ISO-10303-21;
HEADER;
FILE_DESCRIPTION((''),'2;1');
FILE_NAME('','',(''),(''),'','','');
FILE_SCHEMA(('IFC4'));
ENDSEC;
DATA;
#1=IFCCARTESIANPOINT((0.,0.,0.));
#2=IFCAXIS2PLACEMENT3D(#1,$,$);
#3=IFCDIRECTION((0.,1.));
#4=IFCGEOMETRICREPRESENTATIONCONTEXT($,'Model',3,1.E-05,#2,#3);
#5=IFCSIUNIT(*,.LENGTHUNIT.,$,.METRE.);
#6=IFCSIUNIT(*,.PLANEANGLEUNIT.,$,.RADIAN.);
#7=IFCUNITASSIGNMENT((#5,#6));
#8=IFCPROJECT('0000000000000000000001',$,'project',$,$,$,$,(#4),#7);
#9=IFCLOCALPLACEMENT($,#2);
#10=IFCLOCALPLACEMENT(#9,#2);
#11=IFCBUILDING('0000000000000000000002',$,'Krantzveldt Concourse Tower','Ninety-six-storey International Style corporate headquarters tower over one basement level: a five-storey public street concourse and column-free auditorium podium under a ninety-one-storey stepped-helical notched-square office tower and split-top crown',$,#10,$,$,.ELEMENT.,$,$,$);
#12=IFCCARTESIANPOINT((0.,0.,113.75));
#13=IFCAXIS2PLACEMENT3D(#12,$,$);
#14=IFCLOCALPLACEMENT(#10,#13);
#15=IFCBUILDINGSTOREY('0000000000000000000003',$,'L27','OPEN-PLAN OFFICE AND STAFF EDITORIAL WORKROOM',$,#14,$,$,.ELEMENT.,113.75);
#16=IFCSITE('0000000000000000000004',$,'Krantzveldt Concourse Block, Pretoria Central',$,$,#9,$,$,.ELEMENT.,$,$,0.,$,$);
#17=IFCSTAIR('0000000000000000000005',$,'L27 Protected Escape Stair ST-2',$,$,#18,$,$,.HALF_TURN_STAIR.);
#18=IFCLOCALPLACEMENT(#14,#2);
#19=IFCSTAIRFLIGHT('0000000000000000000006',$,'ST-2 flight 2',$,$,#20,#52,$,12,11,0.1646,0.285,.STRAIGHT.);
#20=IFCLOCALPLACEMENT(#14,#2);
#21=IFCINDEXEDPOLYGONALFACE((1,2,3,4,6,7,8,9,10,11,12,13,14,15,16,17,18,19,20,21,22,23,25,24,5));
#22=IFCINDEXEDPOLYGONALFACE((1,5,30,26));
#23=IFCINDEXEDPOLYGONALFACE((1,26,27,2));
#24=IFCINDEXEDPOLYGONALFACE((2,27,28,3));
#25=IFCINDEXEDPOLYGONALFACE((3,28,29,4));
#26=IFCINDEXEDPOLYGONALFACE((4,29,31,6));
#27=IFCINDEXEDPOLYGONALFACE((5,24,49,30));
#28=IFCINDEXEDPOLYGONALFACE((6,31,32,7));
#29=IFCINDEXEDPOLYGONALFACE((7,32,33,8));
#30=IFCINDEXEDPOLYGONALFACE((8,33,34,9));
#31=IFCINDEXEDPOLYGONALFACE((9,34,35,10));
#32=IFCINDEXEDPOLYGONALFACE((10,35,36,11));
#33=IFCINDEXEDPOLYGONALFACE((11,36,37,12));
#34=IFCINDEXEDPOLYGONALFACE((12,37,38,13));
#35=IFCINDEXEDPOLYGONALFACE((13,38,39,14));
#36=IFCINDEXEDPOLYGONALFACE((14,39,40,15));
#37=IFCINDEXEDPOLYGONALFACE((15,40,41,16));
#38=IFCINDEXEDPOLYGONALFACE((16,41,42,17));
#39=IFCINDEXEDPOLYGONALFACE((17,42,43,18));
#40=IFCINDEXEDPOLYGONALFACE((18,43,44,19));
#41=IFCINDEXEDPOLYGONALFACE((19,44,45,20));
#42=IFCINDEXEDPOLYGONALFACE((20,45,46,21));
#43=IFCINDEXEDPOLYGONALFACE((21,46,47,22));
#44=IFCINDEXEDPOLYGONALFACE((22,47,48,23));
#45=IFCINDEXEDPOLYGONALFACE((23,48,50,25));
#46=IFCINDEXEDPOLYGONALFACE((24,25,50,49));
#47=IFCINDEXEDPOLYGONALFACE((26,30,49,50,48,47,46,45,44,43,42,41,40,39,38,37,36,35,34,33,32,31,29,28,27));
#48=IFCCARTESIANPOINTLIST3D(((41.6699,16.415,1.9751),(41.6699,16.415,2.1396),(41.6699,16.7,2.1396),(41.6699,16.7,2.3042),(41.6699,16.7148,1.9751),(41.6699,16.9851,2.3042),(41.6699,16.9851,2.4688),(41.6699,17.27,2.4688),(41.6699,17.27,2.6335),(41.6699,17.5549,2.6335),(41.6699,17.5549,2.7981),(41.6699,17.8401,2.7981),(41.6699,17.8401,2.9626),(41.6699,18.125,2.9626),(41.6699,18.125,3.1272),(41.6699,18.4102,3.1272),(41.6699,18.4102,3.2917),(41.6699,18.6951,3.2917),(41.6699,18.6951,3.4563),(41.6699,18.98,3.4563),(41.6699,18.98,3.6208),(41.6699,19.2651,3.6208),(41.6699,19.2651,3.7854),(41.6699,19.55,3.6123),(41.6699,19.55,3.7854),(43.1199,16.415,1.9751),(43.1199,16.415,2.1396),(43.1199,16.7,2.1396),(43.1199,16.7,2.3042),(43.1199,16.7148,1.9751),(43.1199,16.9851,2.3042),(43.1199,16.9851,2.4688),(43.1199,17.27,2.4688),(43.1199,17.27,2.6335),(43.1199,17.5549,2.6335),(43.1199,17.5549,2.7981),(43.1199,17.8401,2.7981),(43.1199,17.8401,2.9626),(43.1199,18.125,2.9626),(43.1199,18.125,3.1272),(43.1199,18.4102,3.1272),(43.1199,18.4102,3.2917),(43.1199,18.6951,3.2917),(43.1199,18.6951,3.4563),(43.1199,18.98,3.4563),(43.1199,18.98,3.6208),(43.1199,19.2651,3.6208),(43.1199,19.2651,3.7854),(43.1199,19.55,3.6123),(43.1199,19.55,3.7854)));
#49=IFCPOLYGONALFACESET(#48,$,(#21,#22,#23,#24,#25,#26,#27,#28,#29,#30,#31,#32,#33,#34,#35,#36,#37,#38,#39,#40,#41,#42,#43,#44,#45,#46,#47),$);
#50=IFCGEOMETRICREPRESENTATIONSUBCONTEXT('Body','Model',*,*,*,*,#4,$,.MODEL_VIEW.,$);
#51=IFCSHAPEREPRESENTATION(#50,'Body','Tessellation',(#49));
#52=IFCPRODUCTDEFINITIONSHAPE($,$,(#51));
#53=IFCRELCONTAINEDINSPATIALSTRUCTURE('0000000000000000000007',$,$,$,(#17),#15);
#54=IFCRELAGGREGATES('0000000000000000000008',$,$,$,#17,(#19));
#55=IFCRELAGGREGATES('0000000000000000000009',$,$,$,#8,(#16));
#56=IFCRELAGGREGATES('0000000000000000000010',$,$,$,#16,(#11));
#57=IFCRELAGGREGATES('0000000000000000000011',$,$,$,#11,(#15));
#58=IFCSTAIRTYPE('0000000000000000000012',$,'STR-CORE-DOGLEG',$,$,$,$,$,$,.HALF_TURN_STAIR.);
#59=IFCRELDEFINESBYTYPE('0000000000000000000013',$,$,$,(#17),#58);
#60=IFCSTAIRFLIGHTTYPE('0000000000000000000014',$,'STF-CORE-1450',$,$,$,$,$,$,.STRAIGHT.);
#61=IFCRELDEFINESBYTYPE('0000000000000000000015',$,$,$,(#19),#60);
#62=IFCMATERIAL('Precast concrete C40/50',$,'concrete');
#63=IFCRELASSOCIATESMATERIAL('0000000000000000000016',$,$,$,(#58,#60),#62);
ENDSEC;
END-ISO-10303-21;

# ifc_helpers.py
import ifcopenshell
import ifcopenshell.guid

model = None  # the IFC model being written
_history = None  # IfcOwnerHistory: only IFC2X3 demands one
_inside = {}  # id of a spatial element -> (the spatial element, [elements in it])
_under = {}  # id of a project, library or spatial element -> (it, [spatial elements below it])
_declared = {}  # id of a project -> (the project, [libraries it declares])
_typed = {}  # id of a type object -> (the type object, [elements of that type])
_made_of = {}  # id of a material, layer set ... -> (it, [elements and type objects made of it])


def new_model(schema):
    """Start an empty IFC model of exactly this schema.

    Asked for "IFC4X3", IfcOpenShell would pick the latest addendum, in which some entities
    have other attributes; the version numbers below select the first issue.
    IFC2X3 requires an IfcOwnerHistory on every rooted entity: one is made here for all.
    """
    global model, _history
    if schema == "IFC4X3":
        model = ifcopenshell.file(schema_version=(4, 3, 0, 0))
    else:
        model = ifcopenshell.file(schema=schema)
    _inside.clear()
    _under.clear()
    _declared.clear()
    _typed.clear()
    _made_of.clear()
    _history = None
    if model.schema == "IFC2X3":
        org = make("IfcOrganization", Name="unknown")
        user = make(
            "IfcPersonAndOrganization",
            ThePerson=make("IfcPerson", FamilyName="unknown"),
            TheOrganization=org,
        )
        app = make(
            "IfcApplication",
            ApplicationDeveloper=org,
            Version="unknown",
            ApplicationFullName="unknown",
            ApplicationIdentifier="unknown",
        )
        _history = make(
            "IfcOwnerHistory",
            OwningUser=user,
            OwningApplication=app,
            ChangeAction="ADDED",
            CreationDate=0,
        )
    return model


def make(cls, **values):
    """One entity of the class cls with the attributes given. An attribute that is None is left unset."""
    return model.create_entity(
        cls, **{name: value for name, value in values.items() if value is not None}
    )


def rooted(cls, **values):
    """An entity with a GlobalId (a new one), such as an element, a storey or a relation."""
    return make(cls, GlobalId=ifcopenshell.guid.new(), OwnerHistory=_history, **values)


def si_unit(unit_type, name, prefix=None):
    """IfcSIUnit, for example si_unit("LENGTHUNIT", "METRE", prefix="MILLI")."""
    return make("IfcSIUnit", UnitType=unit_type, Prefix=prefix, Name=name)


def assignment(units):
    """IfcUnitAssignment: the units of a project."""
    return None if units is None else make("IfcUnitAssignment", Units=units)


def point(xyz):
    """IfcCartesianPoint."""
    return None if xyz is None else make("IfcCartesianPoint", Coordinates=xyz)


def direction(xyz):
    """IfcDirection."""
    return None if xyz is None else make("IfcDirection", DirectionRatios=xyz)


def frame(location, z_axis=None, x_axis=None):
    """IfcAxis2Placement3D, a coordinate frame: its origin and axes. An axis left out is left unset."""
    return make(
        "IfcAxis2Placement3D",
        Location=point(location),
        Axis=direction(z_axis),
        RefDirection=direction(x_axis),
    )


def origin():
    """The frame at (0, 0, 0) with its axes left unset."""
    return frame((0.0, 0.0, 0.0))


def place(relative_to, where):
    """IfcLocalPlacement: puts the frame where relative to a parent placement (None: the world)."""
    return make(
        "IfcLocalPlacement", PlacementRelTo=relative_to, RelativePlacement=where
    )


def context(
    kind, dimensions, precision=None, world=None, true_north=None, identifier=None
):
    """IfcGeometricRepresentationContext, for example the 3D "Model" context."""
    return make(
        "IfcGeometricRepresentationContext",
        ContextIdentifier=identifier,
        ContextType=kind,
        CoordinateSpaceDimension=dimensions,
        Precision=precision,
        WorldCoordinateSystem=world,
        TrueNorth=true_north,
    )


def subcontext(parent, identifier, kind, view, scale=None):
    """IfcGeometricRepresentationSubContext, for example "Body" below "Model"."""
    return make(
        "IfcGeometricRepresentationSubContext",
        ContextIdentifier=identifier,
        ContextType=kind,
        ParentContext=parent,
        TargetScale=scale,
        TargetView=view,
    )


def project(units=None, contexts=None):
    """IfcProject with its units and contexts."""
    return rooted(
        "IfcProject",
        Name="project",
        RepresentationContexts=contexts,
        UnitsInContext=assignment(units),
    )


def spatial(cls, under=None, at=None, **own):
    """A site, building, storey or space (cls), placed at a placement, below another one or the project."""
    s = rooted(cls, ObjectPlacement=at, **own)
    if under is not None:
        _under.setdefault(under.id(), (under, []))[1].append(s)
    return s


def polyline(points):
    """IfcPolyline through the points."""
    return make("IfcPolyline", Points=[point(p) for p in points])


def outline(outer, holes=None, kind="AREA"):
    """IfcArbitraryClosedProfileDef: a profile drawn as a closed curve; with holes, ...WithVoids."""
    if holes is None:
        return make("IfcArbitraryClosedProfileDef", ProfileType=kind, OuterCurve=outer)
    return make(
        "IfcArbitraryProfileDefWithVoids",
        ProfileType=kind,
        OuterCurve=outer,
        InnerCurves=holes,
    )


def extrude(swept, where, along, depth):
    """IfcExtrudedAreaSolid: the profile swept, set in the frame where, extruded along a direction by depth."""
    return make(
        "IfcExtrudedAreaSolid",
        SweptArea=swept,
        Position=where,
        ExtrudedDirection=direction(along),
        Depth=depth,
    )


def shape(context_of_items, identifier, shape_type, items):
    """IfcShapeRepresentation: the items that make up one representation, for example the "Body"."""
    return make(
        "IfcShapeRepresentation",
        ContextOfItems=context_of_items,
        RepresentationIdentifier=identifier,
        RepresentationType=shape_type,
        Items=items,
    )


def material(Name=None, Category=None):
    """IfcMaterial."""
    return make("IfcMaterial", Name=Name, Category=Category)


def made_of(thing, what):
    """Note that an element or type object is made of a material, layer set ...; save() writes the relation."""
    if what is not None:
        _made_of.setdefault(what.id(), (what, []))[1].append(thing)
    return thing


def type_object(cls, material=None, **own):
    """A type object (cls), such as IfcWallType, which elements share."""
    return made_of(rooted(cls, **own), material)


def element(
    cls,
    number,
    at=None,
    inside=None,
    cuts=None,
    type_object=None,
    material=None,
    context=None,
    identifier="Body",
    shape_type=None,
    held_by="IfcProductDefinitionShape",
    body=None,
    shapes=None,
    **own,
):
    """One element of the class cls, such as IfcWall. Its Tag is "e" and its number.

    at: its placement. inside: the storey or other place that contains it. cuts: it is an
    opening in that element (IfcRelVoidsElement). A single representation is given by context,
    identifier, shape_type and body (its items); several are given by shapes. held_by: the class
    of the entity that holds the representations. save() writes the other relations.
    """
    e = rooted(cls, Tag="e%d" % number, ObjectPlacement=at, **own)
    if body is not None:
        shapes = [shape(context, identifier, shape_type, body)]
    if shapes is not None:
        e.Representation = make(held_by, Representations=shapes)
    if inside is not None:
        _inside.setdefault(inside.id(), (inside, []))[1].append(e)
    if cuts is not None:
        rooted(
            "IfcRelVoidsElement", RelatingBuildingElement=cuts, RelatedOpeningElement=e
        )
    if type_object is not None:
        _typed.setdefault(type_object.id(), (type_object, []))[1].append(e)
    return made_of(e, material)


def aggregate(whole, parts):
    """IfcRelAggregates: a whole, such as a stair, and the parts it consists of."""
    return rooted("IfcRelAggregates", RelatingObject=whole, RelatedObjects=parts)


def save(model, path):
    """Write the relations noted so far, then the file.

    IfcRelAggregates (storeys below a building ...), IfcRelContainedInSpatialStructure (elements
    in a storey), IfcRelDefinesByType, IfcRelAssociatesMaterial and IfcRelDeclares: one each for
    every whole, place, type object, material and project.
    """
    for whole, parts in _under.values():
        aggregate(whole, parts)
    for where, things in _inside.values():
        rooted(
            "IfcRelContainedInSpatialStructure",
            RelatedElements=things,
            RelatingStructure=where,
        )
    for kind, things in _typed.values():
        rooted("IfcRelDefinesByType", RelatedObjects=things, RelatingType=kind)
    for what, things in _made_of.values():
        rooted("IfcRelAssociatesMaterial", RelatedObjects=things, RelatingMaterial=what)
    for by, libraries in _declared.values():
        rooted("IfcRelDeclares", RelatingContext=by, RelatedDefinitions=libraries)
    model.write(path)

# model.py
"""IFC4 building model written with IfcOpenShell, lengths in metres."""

from ifc_helpers import new_model, si_unit, direction, frame, origin, place, context, subcontext, project, spatial, polyline, outline, extrude, material, type_object, element, aggregate, save


model = new_model("IFC4")

# Units and contexts
model_context = context("Model", 3, precision=1e-05, world=origin(), true_north=direction((0.0, 1.0)))
body_context = subcontext(model_context, "Body", "Model", "MODEL_VIEW")
ifc_project = project(units=[si_unit("LENGTHUNIT", "METRE"), si_unit("PLANEANGLEUNIT", "RADIAN")], contexts=[model_context])

# Site, building, storey
site_placement = place(None, origin())
site = spatial("IfcSite", under=ifc_project, at=site_placement, Name="Krantzveldt Concourse Block, Pretoria Central", CompositionType="ELEMENT", RefElevation=0.0)
building_placement = place(site_placement, origin())
building = spatial("IfcBuilding", under=site, at=building_placement, Name="Krantzveldt Concourse Tower", Description="Ninety-six-storey International Style corporate headquarters tower over one basement level: a five-storey public street concourse and column-free auditorium podium under a ninety-one-storey stepped-helical notched-square office tower and split-top crown", CompositionType="ELEMENT")
storey_placement = place(building_placement, frame((0.0, 0.0, 113.75)))
storey = spatial("IfcBuildingStorey", under=building, at=storey_placement, Name="L27", Description="OPEN-PLAN OFFICE AND STAFF EDITORIAL WORKROOM", CompositionType="ELEMENT", Elevation=113.75)

# Stair, stair flight
ifc_material_1 = material(Name="Precast concrete C40/50", Category="concrete")
stair_type = type_object("IfcStairType", Name="STR-CORE-DOGLEG", PredefinedType="HALF_TURN_STAIR", material=ifc_material_1)
stair_placement = place(storey_placement, origin())
stair = element("IfcStair", 1, at=stair_placement, inside=storey, type_object=stair_type, Name="L27 Protected Escape Stair ST-2", PredefinedType="HALF_TURN_STAIR")
stair_flight_type = type_object("IfcStairFlightType", Name="STF-CORE-1450", PredefinedType="STRAIGHT", material=ifc_material_1)
stair_flight_1_placement = place(storey_placement, frame((42.395, 16.415, 1.9751), z_axis=(0.0, 0.0, 1.0), x_axis=(0.0, 1.0, 0.0)))
stair_flight_1 = element("IfcStairFlight", 2, at=stair_flight_1_placement, type_object=stair_flight_type, Name="ST-2 flight 2", NumberOfRisers=12, NumberOfTreads=11, PredefinedType="STRAIGHT", RiserHeight=0.1646, TreadLength=0.285, context=body_context, shape_type="SweptSolid", body=[
    extrude(outline(polyline([(0.0, 0.0), (0.0, 0.1646), (0.2849, 0.1646), (0.2849, 0.3291), (0.5701, 0.3291), (0.5701, 0.4937), (0.855, 0.4937), (0.855, 0.6584), (1.1399, 0.6584), (1.1399, 0.823), (1.425, 0.823), (1.425, 0.9875), (1.71, 0.9875), (1.71, 1.1521), (1.9951, 1.1521), (1.9951, 1.3167), (2.28, 1.3167), (2.28, 1.4812), (2.5649, 1.4812), (2.5649, 1.6458), (2.8501, 1.6458), (2.8501, 1.8103), (3.135, 1.8103), (3.135, 1.9751), (3.135, 1.6372), (0.2998, 0.0), (0.0, 0.0)])), frame((0.0, 0.7251, 0.0), z_axis=(0.0, -1.0, 0.0), x_axis=(1.0, 0.0, 0.0)), (0.0, 0.0, 1.0), 1.45),
])
aggregate(stair, [stair_flight_1])

save(model, "model.ifc")
